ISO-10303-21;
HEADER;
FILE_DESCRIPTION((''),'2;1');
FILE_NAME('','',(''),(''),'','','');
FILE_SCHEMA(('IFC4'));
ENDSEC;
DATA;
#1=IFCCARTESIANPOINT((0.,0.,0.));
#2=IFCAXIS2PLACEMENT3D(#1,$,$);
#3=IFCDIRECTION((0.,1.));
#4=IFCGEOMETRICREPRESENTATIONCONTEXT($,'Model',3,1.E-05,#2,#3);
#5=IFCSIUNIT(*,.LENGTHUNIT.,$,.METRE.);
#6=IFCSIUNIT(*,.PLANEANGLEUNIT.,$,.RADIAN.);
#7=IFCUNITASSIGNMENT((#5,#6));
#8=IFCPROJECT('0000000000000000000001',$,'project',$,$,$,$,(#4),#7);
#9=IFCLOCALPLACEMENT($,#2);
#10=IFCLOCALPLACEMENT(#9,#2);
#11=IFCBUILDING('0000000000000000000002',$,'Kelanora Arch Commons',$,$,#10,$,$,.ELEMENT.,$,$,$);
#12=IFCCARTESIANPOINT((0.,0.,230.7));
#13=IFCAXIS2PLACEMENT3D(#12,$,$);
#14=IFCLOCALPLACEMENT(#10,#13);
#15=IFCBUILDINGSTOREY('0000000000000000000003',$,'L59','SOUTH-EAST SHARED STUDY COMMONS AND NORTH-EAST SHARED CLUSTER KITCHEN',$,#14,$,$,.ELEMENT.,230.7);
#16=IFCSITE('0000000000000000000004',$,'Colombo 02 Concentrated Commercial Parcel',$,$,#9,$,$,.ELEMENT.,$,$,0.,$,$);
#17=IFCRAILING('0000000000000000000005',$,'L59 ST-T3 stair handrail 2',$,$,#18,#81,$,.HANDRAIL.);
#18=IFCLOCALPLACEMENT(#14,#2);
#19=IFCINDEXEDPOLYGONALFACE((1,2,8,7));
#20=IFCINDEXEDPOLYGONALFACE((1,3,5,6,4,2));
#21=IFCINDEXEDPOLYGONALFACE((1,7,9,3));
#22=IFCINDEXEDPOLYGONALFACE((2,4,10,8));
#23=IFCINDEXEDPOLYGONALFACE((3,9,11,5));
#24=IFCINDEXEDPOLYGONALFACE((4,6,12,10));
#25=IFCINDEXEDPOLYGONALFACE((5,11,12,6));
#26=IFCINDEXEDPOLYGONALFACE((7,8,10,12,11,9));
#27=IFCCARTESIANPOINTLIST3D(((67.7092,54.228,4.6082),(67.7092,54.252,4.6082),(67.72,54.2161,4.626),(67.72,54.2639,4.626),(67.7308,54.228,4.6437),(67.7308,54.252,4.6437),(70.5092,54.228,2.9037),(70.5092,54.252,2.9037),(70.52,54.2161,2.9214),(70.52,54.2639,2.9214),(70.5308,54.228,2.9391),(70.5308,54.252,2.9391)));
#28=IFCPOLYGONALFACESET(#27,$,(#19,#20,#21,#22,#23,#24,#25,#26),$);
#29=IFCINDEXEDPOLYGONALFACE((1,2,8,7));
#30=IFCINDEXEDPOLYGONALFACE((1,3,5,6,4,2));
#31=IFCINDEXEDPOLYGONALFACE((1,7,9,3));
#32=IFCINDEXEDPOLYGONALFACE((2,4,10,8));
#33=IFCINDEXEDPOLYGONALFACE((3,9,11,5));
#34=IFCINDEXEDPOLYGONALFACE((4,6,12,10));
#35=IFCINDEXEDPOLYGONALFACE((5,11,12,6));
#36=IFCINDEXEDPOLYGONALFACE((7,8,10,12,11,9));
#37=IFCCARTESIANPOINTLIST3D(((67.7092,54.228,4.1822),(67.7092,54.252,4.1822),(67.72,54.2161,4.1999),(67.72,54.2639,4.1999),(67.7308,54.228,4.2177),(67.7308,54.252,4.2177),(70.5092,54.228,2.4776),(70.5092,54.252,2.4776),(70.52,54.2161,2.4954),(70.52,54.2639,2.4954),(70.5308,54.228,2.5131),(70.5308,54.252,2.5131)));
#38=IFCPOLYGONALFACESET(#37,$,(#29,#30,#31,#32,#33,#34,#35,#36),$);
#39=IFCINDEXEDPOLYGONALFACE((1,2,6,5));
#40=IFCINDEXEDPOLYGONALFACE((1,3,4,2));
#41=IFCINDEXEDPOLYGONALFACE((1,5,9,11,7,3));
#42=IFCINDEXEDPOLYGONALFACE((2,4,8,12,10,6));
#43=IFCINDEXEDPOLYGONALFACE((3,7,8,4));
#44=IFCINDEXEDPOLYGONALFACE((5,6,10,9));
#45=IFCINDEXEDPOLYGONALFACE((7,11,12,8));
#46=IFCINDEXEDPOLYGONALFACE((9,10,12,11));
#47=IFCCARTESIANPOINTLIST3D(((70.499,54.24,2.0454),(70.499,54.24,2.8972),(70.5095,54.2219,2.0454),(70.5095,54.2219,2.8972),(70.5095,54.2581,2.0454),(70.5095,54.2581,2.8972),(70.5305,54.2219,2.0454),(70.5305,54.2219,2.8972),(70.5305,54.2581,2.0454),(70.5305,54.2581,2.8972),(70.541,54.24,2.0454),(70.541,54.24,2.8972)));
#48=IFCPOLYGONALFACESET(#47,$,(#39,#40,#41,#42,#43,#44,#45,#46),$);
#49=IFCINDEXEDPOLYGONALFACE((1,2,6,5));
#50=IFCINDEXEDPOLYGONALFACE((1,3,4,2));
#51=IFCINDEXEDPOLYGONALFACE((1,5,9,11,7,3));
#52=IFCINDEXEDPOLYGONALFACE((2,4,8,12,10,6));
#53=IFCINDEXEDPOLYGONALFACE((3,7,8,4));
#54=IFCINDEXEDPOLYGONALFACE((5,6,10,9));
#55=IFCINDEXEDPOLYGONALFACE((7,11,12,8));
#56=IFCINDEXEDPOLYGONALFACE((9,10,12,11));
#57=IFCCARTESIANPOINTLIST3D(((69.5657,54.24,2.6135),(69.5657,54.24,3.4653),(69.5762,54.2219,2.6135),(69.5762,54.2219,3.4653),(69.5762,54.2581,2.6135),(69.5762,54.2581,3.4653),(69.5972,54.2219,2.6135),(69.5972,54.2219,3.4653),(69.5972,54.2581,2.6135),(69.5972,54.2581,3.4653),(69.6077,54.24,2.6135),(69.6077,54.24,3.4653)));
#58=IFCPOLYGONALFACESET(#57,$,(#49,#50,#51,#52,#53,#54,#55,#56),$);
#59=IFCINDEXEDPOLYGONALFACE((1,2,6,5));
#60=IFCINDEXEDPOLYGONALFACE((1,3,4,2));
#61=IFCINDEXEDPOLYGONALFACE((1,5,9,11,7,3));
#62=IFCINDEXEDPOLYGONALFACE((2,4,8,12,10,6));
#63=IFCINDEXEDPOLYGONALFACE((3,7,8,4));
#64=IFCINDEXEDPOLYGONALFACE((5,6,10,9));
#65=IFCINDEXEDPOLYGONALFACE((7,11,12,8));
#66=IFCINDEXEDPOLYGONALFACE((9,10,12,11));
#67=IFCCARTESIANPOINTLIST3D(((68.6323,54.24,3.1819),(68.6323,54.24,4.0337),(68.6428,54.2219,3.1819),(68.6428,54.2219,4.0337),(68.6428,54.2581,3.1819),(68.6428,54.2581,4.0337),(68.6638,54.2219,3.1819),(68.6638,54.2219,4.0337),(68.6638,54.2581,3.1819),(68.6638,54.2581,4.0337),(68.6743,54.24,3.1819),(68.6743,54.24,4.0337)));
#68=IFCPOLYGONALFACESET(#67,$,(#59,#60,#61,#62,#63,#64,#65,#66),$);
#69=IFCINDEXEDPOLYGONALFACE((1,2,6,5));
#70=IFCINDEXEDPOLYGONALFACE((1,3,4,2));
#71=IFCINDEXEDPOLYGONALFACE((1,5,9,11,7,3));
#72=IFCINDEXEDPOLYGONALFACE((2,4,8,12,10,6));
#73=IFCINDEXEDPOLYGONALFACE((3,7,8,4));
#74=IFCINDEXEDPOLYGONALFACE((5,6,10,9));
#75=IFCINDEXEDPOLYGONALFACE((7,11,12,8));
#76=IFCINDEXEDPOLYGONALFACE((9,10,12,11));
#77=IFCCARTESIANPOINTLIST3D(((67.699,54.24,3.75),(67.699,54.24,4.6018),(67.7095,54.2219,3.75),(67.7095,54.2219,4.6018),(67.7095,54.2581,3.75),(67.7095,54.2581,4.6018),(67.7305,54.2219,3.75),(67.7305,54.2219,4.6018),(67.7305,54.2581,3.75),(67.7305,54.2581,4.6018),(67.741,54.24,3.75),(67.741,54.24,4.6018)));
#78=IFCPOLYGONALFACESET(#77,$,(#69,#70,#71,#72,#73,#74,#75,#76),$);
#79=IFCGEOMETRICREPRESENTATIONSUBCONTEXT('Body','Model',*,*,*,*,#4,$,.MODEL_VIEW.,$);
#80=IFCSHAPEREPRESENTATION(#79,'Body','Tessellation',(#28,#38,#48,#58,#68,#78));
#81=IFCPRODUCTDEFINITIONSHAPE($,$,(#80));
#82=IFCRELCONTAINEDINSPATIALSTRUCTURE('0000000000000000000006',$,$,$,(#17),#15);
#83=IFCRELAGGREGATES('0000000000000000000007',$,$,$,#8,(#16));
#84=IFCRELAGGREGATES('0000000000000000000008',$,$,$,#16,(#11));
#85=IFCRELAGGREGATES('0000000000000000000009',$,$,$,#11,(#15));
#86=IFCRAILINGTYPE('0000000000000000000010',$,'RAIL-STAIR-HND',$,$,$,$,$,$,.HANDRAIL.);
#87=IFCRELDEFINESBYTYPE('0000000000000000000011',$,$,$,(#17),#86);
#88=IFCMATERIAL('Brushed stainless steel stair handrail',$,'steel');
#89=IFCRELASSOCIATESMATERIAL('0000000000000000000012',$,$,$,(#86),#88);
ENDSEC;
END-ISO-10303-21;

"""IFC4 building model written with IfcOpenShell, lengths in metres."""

from ifc_helpers import new_model, si_unit, direction, frame, origin, place, context, subcontext, project, spatial, polyline, outline, extrude, material, type_object, element, save


model = new_model("IFC4")

# Units and contexts
model_context = context("Model", 3, precision=1e-05, world=origin(), true_north=direction((0.0, 1.0)))
body_context = subcontext(model_context, "Body", "Model", "MODEL_VIEW")
ifc_project = project(units=[si_unit("LENGTHUNIT", "METRE"), si_unit("PLANEANGLEUNIT", "RADIAN")], contexts=[model_context])

# Site, building, storey
site_placement = place(None, origin())
site = spatial("IfcSite", under=ifc_project, at=site_placement, Name="Colombo 02 Concentrated Commercial Parcel", CompositionType="ELEMENT", RefElevation=0.0)
building_placement = place(site_placement, origin())
building = spatial("IfcBuilding", under=site, at=building_placement, Name="Kelanora Arch Commons", CompositionType="ELEMENT")
storey_placement = place(building_placement, frame((0.0, 0.0, 230.7)))
storey = spatial("IfcBuildingStorey", under=building, at=storey_placement, Name="L59", Description="SOUTH-EAST SHARED STUDY COMMONS AND NORTH-EAST SHARED CLUSTER KITCHEN", CompositionType="ELEMENT", Elevation=230.7)

# Railing
ifc_material_1 = material(Name="Brushed stainless steel stair handrail", Category="steel")
railing_type_1 = type_object("IfcRailingType", Name="RAIL-STAIR-HND", PredefinedType="HANDRAIL", material=ifc_material_1)
railing_1_placement = place(storey_placement, frame((70.52, 54.24, 2.0454)))
element("IfcRailing", 1, at=railing_1_placement, inside=storey, type_object=railing_type_1, Name="L59 ST-T3 stair handrail 2", PredefinedType="HANDRAIL", context=body_context, shape_type="SweptSolid", body=[
    extrude(outline(polyline([(0.0239, 0.0), (0.012, 0.0208), (-0.012, 0.0208), (-0.0239, 0.0), (-0.012, -0.0208), (0.012, -0.0208), (0.0239, 0.0)])), frame((0.0, 0.0, 0.876), z_axis=(-0.85417, 0.0, 0.519994), x_axis=(0.0, -1.0, 0.0)), (0.0, 0.0, 1.0), 3.2781),
    extrude(outline(polyline([(0.0239, 0.0), (0.012, 0.0208), (-0.012, 0.0208), (-0.0239, 0.0), (-0.012, -0.0208), (0.012, -0.0208), (0.0239, 0.0)])), frame((0.0, 0.0, 0.45), z_axis=(-0.85417, 0.0, 0.519994), x_axis=(0.0, -1.0, 0.0)), (0.0, 0.0, 1.0), 3.2781),
    extrude(outline(polyline([(0.021, 0.0), (0.0105, 0.0181), (-0.0105, 0.0181), (-0.021, 0.0), (-0.0105, -0.0181), (0.0105, -0.0181), (0.021, 0.0)])), origin(), (0.0, 0.0, 1.0), 0.8518),
    extrude(outline(polyline([(0.021, 0.0), (0.0105, 0.0181), (-0.0105, 0.0181), (-0.021, 0.0), (-0.0105, -0.0181), (0.0105, -0.0181), (0.021, 0.0)])), frame((-0.9333, 0.0, 0.5681)), (0.0, 0.0, 1.0), 0.8518),
    extrude(outline(polyline([(0.021, 0.0), (0.0105, 0.0181), (-0.0105, 0.0181), (-0.021, 0.0), (-0.0105, -0.0181), (0.0105, -0.0181), (0.021, 0.0)])), frame((-1.8667, 0.0, 1.1365)), (0.0, 0.0, 1.0), 0.8518),
    extrude(outline(polyline([(0.021, 0.0), (0.0105, 0.0181), (-0.0105, 0.0181), (-0.021, 0.0), (-0.0105, -0.0181), (0.0105, -0.0181), (0.021, 0.0)])), frame((-2.8, 0.0, 1.7046)), (0.0, 0.0, 1.0), 0.8518),
])

save(model, "model.ifc")
